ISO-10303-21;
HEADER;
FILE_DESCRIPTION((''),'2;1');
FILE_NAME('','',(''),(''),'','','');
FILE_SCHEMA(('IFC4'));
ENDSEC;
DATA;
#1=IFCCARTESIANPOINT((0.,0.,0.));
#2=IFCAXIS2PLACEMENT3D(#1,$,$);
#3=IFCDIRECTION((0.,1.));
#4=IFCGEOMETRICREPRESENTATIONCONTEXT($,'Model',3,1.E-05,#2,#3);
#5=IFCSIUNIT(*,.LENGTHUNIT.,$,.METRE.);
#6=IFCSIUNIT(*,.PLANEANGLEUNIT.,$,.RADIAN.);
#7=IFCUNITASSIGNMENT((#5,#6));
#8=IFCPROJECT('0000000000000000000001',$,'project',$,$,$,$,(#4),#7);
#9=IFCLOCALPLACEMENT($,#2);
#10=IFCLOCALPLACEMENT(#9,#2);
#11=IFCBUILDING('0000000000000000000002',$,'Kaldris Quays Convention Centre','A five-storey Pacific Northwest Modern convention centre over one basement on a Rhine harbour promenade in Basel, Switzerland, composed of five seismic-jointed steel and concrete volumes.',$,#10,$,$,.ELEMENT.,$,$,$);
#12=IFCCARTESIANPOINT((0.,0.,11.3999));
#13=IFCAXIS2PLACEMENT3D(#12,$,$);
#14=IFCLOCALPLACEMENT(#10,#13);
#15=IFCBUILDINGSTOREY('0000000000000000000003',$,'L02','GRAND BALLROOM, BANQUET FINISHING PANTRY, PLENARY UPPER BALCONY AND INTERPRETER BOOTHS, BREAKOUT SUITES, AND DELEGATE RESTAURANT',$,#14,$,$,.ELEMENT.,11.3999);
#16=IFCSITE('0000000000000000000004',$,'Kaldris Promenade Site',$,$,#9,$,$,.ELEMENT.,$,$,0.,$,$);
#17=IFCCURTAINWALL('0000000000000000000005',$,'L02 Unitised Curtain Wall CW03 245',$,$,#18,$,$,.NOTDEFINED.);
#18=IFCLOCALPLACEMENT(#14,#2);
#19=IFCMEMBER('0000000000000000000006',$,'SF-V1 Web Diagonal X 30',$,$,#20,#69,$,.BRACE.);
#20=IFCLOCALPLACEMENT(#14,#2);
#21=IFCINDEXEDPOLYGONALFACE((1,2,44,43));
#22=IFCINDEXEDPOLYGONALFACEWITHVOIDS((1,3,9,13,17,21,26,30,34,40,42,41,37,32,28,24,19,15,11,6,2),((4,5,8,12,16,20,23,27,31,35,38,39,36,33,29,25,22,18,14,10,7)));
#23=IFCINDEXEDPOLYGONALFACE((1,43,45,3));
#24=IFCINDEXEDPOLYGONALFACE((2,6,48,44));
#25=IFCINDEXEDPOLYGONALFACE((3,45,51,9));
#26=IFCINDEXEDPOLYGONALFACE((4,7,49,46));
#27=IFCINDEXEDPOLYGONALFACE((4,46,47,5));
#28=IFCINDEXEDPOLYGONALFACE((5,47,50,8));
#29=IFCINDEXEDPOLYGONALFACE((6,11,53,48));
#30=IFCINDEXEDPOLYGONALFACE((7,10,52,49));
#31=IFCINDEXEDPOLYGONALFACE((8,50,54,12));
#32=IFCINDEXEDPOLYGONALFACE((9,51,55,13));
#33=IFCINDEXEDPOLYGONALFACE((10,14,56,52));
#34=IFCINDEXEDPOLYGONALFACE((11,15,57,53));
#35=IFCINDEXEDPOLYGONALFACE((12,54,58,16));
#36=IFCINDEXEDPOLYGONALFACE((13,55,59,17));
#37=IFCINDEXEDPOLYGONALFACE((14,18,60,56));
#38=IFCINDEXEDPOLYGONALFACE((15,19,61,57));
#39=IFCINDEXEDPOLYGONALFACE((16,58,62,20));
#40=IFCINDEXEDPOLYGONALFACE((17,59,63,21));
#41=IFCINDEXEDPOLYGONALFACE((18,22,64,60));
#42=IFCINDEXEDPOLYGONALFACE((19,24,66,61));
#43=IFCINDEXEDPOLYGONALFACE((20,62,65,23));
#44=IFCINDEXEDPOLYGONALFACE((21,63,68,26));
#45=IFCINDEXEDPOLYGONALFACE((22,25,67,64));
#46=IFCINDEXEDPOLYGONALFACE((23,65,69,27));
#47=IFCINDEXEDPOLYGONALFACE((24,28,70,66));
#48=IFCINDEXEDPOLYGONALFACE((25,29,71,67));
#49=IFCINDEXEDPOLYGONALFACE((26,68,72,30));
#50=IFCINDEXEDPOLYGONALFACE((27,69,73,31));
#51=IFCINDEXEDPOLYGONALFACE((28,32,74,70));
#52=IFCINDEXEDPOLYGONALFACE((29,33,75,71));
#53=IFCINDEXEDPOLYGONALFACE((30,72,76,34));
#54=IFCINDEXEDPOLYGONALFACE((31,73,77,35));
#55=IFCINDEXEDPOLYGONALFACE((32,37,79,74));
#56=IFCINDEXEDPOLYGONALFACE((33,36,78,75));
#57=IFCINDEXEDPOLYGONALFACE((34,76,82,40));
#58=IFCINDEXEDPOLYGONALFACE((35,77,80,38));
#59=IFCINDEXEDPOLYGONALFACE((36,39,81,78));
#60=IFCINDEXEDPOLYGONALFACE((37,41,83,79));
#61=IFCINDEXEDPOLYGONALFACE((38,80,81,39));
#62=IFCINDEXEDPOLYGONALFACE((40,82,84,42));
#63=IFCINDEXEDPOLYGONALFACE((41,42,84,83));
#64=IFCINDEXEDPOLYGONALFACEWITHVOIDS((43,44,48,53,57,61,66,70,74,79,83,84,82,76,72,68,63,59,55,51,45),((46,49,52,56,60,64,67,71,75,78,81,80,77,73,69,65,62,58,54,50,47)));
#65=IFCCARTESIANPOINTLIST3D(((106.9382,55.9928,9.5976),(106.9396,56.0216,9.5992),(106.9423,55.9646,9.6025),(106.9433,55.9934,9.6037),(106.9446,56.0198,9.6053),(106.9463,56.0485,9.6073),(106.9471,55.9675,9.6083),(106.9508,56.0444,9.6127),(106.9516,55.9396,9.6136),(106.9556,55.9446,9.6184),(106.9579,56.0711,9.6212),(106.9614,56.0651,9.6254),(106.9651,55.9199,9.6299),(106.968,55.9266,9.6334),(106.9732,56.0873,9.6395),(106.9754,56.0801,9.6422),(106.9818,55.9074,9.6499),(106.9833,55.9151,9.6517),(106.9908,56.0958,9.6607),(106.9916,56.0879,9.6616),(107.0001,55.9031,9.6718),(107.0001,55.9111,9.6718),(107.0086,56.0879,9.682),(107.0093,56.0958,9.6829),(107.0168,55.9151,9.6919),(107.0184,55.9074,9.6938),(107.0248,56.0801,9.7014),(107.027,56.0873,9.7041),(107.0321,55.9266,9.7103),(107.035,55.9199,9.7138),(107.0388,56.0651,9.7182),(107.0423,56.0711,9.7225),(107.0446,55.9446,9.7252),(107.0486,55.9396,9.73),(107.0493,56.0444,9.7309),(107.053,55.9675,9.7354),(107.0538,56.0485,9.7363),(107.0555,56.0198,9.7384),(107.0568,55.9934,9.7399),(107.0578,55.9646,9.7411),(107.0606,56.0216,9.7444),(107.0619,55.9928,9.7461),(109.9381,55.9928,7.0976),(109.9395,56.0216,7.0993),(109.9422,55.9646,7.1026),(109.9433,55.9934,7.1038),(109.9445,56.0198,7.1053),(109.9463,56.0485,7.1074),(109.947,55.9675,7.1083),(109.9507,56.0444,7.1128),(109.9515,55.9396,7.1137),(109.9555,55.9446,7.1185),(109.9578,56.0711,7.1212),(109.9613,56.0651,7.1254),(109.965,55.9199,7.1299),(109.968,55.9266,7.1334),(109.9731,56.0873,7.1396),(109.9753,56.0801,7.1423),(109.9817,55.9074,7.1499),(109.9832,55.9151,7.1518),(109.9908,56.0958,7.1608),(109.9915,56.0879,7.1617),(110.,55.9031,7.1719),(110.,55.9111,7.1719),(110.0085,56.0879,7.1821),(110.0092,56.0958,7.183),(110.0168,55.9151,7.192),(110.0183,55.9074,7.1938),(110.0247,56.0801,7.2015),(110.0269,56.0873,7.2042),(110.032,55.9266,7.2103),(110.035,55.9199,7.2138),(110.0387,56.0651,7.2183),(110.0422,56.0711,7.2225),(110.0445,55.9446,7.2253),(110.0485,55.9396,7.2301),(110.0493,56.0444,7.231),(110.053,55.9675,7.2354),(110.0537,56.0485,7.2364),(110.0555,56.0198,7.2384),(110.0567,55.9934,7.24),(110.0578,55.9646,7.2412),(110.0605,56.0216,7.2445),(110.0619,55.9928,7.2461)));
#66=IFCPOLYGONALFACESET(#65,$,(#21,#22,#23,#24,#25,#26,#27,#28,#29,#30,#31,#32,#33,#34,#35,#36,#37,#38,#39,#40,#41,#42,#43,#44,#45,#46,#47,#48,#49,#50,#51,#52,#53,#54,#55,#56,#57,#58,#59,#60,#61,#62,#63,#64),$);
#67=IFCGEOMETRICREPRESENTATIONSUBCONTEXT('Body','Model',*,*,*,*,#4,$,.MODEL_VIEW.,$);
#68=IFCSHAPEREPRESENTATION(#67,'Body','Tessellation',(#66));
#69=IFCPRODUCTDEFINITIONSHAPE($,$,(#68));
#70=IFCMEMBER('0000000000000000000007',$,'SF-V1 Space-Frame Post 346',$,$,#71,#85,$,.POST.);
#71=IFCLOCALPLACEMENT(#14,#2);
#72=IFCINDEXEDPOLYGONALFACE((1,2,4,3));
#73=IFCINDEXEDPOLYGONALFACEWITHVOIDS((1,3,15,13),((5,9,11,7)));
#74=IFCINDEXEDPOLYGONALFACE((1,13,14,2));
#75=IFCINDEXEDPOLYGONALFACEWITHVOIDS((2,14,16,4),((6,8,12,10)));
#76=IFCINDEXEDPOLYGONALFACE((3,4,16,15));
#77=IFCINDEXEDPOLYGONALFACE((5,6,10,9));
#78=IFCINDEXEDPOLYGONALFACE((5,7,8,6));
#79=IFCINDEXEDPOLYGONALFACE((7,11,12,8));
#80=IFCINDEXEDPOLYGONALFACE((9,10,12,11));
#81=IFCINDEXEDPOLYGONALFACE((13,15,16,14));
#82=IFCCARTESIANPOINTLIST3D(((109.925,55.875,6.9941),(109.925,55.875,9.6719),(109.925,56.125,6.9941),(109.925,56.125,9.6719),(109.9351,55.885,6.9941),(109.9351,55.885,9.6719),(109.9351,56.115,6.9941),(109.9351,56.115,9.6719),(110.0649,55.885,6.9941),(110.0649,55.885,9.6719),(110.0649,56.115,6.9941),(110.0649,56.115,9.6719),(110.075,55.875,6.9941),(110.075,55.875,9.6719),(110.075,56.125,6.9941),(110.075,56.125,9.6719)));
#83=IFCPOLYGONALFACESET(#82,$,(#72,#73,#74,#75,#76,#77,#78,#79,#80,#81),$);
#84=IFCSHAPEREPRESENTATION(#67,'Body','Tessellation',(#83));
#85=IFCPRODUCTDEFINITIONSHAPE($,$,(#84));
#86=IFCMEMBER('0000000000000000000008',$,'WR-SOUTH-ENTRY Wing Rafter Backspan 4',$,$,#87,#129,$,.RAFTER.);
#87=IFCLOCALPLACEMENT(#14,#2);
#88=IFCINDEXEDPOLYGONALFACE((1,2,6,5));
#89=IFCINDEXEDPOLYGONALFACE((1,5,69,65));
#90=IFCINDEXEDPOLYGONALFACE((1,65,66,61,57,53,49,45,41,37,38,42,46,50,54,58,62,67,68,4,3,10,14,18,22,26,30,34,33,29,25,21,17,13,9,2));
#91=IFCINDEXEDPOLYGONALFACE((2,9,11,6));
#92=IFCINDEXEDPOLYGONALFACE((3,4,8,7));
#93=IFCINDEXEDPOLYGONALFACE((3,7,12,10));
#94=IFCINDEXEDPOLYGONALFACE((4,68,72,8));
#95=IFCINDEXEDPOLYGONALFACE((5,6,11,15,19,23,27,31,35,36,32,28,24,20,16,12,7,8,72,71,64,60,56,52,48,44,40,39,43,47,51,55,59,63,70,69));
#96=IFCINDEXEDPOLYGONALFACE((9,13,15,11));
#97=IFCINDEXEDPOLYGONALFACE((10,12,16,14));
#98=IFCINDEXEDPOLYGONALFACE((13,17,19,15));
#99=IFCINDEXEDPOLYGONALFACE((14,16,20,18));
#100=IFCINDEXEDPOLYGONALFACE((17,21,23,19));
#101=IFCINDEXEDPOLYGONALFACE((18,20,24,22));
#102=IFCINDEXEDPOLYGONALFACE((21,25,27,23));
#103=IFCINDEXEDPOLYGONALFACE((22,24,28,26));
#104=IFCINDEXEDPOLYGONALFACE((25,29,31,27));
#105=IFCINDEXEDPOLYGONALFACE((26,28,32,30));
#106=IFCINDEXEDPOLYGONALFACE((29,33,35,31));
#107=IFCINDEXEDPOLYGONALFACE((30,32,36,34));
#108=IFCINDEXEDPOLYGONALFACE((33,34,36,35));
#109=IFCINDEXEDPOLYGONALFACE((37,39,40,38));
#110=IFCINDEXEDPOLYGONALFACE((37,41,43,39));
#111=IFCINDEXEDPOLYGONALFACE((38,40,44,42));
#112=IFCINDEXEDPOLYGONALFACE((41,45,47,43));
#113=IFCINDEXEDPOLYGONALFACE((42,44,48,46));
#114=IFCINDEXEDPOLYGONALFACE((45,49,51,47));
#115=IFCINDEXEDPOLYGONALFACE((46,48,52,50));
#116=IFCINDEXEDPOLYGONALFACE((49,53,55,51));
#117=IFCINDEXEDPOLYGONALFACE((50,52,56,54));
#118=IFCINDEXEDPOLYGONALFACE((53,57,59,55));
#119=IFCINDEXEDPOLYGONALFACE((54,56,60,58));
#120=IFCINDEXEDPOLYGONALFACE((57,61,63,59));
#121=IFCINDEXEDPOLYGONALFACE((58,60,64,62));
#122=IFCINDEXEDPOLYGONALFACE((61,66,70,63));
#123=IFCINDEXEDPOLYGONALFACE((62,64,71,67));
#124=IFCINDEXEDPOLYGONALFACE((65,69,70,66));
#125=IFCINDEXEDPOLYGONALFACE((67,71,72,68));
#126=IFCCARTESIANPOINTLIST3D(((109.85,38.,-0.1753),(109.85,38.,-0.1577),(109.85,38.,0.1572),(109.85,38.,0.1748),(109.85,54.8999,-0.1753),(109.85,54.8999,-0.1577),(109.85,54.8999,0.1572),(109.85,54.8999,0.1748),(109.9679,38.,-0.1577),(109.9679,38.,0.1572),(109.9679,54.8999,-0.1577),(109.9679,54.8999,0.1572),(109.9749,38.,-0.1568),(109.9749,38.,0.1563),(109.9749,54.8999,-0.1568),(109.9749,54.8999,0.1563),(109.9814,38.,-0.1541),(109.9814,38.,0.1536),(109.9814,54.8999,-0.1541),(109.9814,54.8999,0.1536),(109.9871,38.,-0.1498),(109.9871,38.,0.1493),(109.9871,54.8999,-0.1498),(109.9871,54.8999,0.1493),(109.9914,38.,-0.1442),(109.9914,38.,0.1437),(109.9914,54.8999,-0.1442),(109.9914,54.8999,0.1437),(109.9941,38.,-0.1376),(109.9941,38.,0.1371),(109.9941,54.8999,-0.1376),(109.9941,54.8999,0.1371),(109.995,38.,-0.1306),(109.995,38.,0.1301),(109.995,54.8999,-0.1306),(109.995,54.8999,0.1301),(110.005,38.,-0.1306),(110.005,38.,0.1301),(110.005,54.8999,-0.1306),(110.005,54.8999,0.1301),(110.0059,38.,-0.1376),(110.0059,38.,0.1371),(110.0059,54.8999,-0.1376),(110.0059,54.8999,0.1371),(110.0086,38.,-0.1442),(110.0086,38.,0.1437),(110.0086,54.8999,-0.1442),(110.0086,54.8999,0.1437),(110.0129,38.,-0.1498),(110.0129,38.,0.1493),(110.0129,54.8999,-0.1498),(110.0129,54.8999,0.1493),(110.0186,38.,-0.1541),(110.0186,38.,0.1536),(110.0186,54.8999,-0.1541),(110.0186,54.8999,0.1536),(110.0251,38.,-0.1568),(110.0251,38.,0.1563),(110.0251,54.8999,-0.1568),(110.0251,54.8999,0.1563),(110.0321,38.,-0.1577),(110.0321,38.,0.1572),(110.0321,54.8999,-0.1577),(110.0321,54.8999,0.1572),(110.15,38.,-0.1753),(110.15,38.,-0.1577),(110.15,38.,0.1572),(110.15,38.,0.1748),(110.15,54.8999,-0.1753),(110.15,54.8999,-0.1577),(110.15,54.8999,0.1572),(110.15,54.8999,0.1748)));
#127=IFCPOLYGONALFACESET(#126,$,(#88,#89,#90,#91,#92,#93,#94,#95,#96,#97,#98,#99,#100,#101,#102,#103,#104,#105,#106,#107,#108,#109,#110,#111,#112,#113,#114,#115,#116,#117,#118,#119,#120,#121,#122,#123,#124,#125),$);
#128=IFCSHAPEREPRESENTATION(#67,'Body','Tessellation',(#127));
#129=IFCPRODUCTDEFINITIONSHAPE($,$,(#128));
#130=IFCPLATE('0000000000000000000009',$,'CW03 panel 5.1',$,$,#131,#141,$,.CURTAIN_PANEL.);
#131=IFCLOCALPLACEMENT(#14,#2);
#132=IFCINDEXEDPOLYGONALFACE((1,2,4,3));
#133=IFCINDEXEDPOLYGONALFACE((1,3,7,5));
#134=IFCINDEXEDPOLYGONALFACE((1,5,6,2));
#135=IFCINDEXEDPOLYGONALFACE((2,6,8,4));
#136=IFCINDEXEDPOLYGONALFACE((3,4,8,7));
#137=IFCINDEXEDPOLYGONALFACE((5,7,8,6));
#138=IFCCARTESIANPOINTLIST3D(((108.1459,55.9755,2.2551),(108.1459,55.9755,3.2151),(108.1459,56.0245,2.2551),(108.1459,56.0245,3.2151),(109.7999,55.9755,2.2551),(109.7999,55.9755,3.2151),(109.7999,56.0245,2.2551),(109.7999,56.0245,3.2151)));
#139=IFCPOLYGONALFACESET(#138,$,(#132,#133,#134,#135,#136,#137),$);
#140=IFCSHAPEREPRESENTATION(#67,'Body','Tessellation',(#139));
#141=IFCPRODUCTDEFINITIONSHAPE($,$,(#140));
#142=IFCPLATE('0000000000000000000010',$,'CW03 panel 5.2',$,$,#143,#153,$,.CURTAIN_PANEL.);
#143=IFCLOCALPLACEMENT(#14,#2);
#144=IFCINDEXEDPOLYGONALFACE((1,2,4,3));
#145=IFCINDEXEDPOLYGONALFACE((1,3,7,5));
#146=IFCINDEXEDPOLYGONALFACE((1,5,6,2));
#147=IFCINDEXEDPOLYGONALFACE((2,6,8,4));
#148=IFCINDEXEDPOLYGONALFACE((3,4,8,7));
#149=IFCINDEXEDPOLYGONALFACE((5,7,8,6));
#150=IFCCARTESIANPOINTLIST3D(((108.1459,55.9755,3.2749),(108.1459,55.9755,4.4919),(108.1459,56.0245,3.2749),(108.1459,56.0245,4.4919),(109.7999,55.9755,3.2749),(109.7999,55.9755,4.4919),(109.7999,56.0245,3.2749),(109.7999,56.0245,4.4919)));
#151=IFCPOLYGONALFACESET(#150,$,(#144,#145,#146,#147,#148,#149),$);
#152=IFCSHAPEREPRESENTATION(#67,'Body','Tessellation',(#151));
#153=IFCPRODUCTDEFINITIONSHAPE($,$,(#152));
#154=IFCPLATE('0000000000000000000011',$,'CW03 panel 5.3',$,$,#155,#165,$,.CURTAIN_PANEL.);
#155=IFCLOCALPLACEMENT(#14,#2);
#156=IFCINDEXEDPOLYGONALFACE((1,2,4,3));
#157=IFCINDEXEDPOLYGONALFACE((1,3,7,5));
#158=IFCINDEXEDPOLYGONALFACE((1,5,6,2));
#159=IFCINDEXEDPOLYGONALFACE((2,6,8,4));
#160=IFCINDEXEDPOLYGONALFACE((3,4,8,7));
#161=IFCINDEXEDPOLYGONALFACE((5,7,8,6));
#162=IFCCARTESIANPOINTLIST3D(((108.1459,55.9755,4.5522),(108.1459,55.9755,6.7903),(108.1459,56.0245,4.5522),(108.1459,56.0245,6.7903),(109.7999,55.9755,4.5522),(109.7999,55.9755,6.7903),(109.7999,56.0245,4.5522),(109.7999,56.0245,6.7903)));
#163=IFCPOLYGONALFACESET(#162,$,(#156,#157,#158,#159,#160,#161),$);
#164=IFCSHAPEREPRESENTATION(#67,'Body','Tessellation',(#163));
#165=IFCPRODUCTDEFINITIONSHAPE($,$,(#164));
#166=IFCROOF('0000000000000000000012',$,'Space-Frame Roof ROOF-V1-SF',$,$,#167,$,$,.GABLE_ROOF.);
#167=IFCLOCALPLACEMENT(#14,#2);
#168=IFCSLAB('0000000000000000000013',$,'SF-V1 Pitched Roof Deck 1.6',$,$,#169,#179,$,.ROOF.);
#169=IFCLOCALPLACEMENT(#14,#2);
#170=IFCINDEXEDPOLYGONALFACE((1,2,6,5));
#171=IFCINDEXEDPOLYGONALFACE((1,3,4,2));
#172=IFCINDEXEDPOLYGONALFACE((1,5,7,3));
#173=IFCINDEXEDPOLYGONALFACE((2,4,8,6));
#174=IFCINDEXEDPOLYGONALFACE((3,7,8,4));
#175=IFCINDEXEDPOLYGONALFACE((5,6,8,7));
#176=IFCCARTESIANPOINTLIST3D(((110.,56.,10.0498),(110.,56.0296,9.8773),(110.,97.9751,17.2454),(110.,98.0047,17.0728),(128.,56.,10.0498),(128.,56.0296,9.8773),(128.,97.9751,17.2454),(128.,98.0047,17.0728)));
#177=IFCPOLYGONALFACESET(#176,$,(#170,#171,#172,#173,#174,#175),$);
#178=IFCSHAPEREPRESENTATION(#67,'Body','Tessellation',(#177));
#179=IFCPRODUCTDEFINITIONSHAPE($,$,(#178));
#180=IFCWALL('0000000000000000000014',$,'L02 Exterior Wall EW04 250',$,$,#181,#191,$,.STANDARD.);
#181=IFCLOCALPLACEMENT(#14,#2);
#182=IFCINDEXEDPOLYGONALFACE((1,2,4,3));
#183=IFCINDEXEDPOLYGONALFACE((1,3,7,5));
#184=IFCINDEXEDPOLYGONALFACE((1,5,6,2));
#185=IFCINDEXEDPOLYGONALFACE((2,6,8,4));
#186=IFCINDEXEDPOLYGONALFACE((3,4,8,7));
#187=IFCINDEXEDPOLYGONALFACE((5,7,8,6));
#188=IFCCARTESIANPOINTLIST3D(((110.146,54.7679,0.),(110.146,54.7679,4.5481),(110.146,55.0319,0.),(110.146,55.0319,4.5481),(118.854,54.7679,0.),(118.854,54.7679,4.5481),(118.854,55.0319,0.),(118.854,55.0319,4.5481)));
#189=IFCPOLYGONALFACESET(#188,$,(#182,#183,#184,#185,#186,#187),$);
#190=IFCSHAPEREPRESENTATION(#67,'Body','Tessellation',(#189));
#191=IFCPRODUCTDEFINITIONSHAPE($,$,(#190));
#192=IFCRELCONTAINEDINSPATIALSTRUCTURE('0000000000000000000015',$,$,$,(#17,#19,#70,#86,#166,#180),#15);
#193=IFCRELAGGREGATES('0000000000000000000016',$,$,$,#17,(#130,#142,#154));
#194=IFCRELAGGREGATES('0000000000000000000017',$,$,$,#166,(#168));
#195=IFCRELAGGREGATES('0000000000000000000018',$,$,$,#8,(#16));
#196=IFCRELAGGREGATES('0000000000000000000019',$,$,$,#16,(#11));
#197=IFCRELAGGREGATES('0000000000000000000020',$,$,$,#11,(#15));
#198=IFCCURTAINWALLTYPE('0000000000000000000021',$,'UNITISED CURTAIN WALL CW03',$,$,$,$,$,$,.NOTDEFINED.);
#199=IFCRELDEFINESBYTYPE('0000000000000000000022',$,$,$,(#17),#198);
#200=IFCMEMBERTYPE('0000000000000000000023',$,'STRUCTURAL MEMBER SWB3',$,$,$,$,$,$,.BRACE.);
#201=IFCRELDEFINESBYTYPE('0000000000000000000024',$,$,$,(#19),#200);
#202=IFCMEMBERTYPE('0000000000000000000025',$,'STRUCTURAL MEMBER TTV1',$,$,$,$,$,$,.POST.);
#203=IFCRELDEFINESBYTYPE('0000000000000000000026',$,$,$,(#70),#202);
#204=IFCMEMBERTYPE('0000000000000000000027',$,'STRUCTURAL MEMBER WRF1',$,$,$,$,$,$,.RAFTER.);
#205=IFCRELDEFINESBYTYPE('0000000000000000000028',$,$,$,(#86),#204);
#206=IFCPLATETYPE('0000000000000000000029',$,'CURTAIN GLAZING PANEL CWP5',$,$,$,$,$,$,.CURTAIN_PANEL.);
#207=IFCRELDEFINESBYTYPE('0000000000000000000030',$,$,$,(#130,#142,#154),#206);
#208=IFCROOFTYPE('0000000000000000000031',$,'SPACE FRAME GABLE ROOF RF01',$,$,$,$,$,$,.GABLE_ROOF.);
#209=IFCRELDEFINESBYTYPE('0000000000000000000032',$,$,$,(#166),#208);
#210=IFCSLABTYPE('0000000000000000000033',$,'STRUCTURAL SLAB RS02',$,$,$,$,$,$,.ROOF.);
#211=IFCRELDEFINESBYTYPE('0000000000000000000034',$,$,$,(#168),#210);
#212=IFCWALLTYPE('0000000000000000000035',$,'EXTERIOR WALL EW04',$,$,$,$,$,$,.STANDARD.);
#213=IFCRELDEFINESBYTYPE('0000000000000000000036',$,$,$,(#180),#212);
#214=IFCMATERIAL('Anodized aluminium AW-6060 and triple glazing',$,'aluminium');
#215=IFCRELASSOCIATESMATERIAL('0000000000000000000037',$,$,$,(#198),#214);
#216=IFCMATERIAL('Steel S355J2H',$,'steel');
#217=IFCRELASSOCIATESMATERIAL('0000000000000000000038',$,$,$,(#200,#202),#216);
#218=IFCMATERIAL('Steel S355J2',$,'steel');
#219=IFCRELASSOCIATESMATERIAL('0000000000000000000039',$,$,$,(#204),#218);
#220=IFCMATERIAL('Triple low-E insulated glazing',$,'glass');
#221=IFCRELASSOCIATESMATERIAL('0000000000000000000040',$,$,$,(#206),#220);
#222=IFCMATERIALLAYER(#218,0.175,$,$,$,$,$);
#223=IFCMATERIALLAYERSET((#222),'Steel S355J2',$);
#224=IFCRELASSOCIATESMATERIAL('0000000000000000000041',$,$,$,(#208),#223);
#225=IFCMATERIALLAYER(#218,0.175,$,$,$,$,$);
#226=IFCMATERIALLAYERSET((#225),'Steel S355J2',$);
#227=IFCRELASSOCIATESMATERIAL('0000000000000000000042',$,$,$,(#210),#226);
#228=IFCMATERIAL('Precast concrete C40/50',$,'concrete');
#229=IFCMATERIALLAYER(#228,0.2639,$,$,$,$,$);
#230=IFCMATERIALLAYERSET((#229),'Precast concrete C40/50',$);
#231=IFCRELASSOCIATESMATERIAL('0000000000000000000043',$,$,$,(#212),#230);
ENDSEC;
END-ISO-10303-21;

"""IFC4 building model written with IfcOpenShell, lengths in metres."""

from ifc_helpers import new_model, si_unit, direction, frame, frame_2d, origin, origin_2d, place, context, subcontext, project, spatial, polyline, rectangle, hollow_rectangle, hollow_circle, i_section, outline, extrude, material, layer, layer_set, material_profile, profile_set, type_object, element, aggregate, save


model = new_model("IFC4")

# Units and contexts
model_context = context("Model", 3, precision=1e-05, world=origin(), true_north=direction((0.0, 1.0)))
body_context = subcontext(model_context, "Body", "Model", "MODEL_VIEW")
ifc_project = project(units=[si_unit("LENGTHUNIT", "METRE"), si_unit("PLANEANGLEUNIT", "RADIAN")], contexts=[model_context])

# Site, building, storey
site_placement = place(None, origin())
site = spatial("IfcSite", under=ifc_project, at=site_placement, Name="Kaldris Promenade Site", CompositionType="ELEMENT", RefElevation=0.0)
building_placement = place(site_placement, origin())
building = spatial("IfcBuilding", under=site, at=building_placement, Name="Kaldris Quays Convention Centre", Description="A five-storey Pacific Northwest Modern convention centre over one basement on a Rhine harbour promenade in Basel, Switzerland, composed of five seismic-jointed steel and concrete volumes.", CompositionType="ELEMENT")
storey_placement = place(building_placement, frame((0.0, 0.0, 11.3999)))
storey = spatial("IfcBuildingStorey", under=building, at=storey_placement, Name="L02", Description="GRAND BALLROOM, BANQUET FINISHING PANTRY, PLENARY UPPER BALCONY AND INTERPRETER BOOTHS, BREAKOUT SUITES, AND DELEGATE RESTAURANT", CompositionType="ELEMENT", Elevation=11.3999)

# Shared definitions
ifc_material_1 = material(Name="Steel S355J2", Category="steel")

# Curtain wall
ifc_material_2 = material(Name="Anodized aluminium AW-6060 and triple glazing", Category="aluminium")
curtain_wall_type = type_object("IfcCurtainWallType", Name="UNITISED CURTAIN WALL CW03", PredefinedType="NOTDEFINED", material=ifc_material_2)
curtain_wall_1_placement = place(storey_placement, origin())
curtain_wall_1 = element("IfcCurtainWall", 1, at=curtain_wall_1_placement, inside=storey, type_object=curtain_wall_type, Name="L02 Unitised Curtain Wall CW03 245", PredefinedType="NOTDEFINED")

# Members
ifc_material_3 = material(Name="Steel S355J2H", Category="steel")
ifc_material_profile_1 = material_profile(ifc_material_3, hollow_circle(Radius=0.0969, WallThickness=0.0081, at=origin_2d()), Name="CHS 193.7x8")
ifc_profile_set_1 = profile_set([ifc_material_profile_1], Name="Steel S355J2H")
member_type_1 = type_object("IfcMemberType", Name="STRUCTURAL MEMBER SWB3", PredefinedType="BRACE", material=ifc_profile_set_1)
member_1_placement = place(storey_placement, frame((110.0, 56.0, 7.1719), z_axis=(-0.768221, 0.0, 0.640184), x_axis=(0.0, -1.0, 0.0)))
element("IfcMember", 2, at=member_1_placement, inside=storey, type_object=member_type_1, Name="SF-V1 Web Diagonal X 30", PredefinedType="BRACE", context=body_context, shape_type="SweptSolid", body=[
    extrude(hollow_circle(Radius=0.0969, WallThickness=0.0081, at=origin_2d()), origin(), (0.0, 0.0, 1.0), 3.905),
])
ifc_material_profile_2 = material_profile(ifc_material_3, hollow_rectangle(XDim=0.1499, YDim=0.25, WallThickness=0.01, at=origin_2d()), Name="RHS 250x150x10")
ifc_profile_set_2 = profile_set([ifc_material_profile_2], Name="Steel S355J2H")
member_type_2 = type_object("IfcMemberType", Name="STRUCTURAL MEMBER TTV1", PredefinedType="POST", material=ifc_profile_set_2)
member_2_placement = place(storey_placement, frame((110.0, 56.0, 6.9941), z_axis=(0.0, 0.0, 1.0), x_axis=(1.0, 0.0, 0.0)))
element("IfcMember", 3, at=member_2_placement, inside=storey, type_object=member_type_2, Name="SF-V1 Space-Frame Post 346", PredefinedType="POST", context=body_context, shape_type="SweptSolid", body=[
    extrude(hollow_rectangle(XDim=0.1499, YDim=0.25, WallThickness=0.01, at=origin_2d()), origin(), (0.0, 0.0, 1.0), 2.6777),
])
ifc_material_profile_3 = material_profile(ifc_material_1, i_section(OverallWidth=0.3, OverallDepth=0.3501, WebThickness=0.01, FlangeThickness=0.0176, FilletRadius=0.0271, at=origin_2d()), Name="HEA 360")
ifc_profile_set_3 = profile_set([ifc_material_profile_3], Name="Steel S355J2")
member_type_3 = type_object("IfcMemberType", Name="STRUCTURAL MEMBER WRF1", PredefinedType="RAFTER", material=ifc_profile_set_3)
member_3_placement = place(storey_placement, frame((110.0, 54.8999, -0.0002), z_axis=(0.0, -1.0, 0.0), x_axis=(1.0, 0.0, 0.0)))
element("IfcMember", 4, at=member_3_placement, inside=storey, type_object=member_type_3, Name="WR-SOUTH-ENTRY Wing Rafter Backspan 4", PredefinedType="RAFTER", context=body_context, shape_type="SweptSolid", body=[
    extrude(i_section(OverallWidth=0.3, OverallDepth=0.3501, WebThickness=0.01, FlangeThickness=0.0176, FilletRadius=0.0271, at=origin_2d()), origin(), (0.0, 0.0, 1.0), 16.8999),
])

# Plates
ifc_material_4 = material(Name="Triple low-E insulated glazing", Category="glass")
plate_type = type_object("IfcPlateType", Name="CURTAIN GLAZING PANEL CWP5", PredefinedType="CURTAIN_PANEL", material=ifc_material_4)
plate_1_placement = place(storey_placement, frame((108.9729, 56.0, 2.2551), z_axis=(0.0, 0.0, 1.0), x_axis=(1.0, 0.0, 0.0)))
plate_1 = element("IfcPlate", 5, at=plate_1_placement, type_object=plate_type, Name="CW03 panel 5.1", PredefinedType="CURTAIN_PANEL", context=body_context, shape_type="SweptSolid", body=[
    extrude(rectangle(XDim=1.6541, YDim=0.0491, at=origin_2d()), origin(), (0.0, 0.0, 1.0), 0.96),
])
plate_2_placement = place(storey_placement, frame((108.9729, 56.0, 3.2749), z_axis=(0.0, 0.0, 1.0), x_axis=(1.0, 0.0, 0.0)))
plate_2 = element("IfcPlate", 6, at=plate_2_placement, type_object=plate_type, Name="CW03 panel 5.2", PredefinedType="CURTAIN_PANEL", context=body_context, shape_type="SweptSolid", body=[
    extrude(rectangle(XDim=1.6541, YDim=0.0491, at=origin_2d()), origin(), (0.0, 0.0, 1.0), 1.217),
])
plate_3_placement = place(storey_placement, frame((108.9729, 56.0, 4.5522), z_axis=(0.0, 0.0, 1.0), x_axis=(1.0, 0.0, 0.0)))
plate_3 = element("IfcPlate", 7, at=plate_3_placement, type_object=plate_type, Name="CW03 panel 5.3", PredefinedType="CURTAIN_PANEL", context=body_context, shape_type="SweptSolid", body=[
    extrude(rectangle(XDim=1.6541, YDim=0.0491, at=origin_2d()), origin(), (0.0, 0.0, 1.0), 2.238),
])
aggregate(curtain_wall_1, [plate_1, plate_2, plate_3])

# Roof, slab
ifc_layer_1 = layer(ifc_material_1, 0.175)
ifc_layer_set_1 = layer_set([ifc_layer_1], Name="Steel S355J2")
roof_type = type_object("IfcRoofType", Name="SPACE FRAME GABLE ROOF RF01", PredefinedType="GABLE_ROOF", material=ifc_layer_set_1)
roof_placement = place(storey_placement, origin())
roof = element("IfcRoof", 8, at=roof_placement, inside=storey, type_object=roof_type, Name="Space-Frame Roof ROOF-V1-SF", PredefinedType="GABLE_ROOF")
ifc_layer_2 = layer(ifc_material_1, 0.175)
ifc_layer_set_2 = layer_set([ifc_layer_2], Name="Steel S355J2")
slab_type = type_object("IfcSlabType", Name="STRUCTURAL SLAB RS02", PredefinedType="ROOF", material=ifc_layer_set_2)
slab_placement = place(storey_placement, frame((110.0, 56.0, 10.0498), z_axis=(0.0, -0.16896, 0.985623), x_axis=(1.0, 0.0, 0.0)))
slab = element("IfcSlab", 9, at=slab_placement, type_object=slab_type, Name="SF-V1 Pitched Roof Deck 1.6", PredefinedType="ROOF", context=body_context, shape_type="SweptSolid", body=[
    extrude(outline(polyline([(0.0, 0.0), (18.0, 0.0), (18.0, 42.5874), (0.0, 42.5874), (0.0, 0.0)])), origin(), (0.0, 0.0, -1.0), 0.175),
])
aggregate(roof, [slab])

# Wall
ifc_material_5 = material(Name="Precast concrete C40/50", Category="concrete")
ifc_layer_3 = layer(ifc_material_5, 0.2639)
ifc_layer_set_3 = layer_set([ifc_layer_3], Name="Precast concrete C40/50")
wall_type_1 = type_object("IfcWallType", Name="EXTERIOR WALL EW04", PredefinedType="STANDARD", material=ifc_layer_set_3)
wall_1_placement = place(storey_placement, frame((110.146, 54.8999, 0.0), z_axis=(0.0, 0.0, 1.0), x_axis=(1.0, 0.0, 0.0)))
element("IfcWall", 10, at=wall_1_placement, inside=storey, type_object=wall_type_1, Name="L02 Exterior Wall EW04 250", PredefinedType="STANDARD", context=body_context, shape_type="SweptSolid", body=[
    extrude(rectangle(XDim=8.708, YDim=0.2639, at=frame_2d((4.354, 0.0))), origin(), (0.0, 0.0, 1.0), 4.5481),
])

save(model, "model.ifc")
